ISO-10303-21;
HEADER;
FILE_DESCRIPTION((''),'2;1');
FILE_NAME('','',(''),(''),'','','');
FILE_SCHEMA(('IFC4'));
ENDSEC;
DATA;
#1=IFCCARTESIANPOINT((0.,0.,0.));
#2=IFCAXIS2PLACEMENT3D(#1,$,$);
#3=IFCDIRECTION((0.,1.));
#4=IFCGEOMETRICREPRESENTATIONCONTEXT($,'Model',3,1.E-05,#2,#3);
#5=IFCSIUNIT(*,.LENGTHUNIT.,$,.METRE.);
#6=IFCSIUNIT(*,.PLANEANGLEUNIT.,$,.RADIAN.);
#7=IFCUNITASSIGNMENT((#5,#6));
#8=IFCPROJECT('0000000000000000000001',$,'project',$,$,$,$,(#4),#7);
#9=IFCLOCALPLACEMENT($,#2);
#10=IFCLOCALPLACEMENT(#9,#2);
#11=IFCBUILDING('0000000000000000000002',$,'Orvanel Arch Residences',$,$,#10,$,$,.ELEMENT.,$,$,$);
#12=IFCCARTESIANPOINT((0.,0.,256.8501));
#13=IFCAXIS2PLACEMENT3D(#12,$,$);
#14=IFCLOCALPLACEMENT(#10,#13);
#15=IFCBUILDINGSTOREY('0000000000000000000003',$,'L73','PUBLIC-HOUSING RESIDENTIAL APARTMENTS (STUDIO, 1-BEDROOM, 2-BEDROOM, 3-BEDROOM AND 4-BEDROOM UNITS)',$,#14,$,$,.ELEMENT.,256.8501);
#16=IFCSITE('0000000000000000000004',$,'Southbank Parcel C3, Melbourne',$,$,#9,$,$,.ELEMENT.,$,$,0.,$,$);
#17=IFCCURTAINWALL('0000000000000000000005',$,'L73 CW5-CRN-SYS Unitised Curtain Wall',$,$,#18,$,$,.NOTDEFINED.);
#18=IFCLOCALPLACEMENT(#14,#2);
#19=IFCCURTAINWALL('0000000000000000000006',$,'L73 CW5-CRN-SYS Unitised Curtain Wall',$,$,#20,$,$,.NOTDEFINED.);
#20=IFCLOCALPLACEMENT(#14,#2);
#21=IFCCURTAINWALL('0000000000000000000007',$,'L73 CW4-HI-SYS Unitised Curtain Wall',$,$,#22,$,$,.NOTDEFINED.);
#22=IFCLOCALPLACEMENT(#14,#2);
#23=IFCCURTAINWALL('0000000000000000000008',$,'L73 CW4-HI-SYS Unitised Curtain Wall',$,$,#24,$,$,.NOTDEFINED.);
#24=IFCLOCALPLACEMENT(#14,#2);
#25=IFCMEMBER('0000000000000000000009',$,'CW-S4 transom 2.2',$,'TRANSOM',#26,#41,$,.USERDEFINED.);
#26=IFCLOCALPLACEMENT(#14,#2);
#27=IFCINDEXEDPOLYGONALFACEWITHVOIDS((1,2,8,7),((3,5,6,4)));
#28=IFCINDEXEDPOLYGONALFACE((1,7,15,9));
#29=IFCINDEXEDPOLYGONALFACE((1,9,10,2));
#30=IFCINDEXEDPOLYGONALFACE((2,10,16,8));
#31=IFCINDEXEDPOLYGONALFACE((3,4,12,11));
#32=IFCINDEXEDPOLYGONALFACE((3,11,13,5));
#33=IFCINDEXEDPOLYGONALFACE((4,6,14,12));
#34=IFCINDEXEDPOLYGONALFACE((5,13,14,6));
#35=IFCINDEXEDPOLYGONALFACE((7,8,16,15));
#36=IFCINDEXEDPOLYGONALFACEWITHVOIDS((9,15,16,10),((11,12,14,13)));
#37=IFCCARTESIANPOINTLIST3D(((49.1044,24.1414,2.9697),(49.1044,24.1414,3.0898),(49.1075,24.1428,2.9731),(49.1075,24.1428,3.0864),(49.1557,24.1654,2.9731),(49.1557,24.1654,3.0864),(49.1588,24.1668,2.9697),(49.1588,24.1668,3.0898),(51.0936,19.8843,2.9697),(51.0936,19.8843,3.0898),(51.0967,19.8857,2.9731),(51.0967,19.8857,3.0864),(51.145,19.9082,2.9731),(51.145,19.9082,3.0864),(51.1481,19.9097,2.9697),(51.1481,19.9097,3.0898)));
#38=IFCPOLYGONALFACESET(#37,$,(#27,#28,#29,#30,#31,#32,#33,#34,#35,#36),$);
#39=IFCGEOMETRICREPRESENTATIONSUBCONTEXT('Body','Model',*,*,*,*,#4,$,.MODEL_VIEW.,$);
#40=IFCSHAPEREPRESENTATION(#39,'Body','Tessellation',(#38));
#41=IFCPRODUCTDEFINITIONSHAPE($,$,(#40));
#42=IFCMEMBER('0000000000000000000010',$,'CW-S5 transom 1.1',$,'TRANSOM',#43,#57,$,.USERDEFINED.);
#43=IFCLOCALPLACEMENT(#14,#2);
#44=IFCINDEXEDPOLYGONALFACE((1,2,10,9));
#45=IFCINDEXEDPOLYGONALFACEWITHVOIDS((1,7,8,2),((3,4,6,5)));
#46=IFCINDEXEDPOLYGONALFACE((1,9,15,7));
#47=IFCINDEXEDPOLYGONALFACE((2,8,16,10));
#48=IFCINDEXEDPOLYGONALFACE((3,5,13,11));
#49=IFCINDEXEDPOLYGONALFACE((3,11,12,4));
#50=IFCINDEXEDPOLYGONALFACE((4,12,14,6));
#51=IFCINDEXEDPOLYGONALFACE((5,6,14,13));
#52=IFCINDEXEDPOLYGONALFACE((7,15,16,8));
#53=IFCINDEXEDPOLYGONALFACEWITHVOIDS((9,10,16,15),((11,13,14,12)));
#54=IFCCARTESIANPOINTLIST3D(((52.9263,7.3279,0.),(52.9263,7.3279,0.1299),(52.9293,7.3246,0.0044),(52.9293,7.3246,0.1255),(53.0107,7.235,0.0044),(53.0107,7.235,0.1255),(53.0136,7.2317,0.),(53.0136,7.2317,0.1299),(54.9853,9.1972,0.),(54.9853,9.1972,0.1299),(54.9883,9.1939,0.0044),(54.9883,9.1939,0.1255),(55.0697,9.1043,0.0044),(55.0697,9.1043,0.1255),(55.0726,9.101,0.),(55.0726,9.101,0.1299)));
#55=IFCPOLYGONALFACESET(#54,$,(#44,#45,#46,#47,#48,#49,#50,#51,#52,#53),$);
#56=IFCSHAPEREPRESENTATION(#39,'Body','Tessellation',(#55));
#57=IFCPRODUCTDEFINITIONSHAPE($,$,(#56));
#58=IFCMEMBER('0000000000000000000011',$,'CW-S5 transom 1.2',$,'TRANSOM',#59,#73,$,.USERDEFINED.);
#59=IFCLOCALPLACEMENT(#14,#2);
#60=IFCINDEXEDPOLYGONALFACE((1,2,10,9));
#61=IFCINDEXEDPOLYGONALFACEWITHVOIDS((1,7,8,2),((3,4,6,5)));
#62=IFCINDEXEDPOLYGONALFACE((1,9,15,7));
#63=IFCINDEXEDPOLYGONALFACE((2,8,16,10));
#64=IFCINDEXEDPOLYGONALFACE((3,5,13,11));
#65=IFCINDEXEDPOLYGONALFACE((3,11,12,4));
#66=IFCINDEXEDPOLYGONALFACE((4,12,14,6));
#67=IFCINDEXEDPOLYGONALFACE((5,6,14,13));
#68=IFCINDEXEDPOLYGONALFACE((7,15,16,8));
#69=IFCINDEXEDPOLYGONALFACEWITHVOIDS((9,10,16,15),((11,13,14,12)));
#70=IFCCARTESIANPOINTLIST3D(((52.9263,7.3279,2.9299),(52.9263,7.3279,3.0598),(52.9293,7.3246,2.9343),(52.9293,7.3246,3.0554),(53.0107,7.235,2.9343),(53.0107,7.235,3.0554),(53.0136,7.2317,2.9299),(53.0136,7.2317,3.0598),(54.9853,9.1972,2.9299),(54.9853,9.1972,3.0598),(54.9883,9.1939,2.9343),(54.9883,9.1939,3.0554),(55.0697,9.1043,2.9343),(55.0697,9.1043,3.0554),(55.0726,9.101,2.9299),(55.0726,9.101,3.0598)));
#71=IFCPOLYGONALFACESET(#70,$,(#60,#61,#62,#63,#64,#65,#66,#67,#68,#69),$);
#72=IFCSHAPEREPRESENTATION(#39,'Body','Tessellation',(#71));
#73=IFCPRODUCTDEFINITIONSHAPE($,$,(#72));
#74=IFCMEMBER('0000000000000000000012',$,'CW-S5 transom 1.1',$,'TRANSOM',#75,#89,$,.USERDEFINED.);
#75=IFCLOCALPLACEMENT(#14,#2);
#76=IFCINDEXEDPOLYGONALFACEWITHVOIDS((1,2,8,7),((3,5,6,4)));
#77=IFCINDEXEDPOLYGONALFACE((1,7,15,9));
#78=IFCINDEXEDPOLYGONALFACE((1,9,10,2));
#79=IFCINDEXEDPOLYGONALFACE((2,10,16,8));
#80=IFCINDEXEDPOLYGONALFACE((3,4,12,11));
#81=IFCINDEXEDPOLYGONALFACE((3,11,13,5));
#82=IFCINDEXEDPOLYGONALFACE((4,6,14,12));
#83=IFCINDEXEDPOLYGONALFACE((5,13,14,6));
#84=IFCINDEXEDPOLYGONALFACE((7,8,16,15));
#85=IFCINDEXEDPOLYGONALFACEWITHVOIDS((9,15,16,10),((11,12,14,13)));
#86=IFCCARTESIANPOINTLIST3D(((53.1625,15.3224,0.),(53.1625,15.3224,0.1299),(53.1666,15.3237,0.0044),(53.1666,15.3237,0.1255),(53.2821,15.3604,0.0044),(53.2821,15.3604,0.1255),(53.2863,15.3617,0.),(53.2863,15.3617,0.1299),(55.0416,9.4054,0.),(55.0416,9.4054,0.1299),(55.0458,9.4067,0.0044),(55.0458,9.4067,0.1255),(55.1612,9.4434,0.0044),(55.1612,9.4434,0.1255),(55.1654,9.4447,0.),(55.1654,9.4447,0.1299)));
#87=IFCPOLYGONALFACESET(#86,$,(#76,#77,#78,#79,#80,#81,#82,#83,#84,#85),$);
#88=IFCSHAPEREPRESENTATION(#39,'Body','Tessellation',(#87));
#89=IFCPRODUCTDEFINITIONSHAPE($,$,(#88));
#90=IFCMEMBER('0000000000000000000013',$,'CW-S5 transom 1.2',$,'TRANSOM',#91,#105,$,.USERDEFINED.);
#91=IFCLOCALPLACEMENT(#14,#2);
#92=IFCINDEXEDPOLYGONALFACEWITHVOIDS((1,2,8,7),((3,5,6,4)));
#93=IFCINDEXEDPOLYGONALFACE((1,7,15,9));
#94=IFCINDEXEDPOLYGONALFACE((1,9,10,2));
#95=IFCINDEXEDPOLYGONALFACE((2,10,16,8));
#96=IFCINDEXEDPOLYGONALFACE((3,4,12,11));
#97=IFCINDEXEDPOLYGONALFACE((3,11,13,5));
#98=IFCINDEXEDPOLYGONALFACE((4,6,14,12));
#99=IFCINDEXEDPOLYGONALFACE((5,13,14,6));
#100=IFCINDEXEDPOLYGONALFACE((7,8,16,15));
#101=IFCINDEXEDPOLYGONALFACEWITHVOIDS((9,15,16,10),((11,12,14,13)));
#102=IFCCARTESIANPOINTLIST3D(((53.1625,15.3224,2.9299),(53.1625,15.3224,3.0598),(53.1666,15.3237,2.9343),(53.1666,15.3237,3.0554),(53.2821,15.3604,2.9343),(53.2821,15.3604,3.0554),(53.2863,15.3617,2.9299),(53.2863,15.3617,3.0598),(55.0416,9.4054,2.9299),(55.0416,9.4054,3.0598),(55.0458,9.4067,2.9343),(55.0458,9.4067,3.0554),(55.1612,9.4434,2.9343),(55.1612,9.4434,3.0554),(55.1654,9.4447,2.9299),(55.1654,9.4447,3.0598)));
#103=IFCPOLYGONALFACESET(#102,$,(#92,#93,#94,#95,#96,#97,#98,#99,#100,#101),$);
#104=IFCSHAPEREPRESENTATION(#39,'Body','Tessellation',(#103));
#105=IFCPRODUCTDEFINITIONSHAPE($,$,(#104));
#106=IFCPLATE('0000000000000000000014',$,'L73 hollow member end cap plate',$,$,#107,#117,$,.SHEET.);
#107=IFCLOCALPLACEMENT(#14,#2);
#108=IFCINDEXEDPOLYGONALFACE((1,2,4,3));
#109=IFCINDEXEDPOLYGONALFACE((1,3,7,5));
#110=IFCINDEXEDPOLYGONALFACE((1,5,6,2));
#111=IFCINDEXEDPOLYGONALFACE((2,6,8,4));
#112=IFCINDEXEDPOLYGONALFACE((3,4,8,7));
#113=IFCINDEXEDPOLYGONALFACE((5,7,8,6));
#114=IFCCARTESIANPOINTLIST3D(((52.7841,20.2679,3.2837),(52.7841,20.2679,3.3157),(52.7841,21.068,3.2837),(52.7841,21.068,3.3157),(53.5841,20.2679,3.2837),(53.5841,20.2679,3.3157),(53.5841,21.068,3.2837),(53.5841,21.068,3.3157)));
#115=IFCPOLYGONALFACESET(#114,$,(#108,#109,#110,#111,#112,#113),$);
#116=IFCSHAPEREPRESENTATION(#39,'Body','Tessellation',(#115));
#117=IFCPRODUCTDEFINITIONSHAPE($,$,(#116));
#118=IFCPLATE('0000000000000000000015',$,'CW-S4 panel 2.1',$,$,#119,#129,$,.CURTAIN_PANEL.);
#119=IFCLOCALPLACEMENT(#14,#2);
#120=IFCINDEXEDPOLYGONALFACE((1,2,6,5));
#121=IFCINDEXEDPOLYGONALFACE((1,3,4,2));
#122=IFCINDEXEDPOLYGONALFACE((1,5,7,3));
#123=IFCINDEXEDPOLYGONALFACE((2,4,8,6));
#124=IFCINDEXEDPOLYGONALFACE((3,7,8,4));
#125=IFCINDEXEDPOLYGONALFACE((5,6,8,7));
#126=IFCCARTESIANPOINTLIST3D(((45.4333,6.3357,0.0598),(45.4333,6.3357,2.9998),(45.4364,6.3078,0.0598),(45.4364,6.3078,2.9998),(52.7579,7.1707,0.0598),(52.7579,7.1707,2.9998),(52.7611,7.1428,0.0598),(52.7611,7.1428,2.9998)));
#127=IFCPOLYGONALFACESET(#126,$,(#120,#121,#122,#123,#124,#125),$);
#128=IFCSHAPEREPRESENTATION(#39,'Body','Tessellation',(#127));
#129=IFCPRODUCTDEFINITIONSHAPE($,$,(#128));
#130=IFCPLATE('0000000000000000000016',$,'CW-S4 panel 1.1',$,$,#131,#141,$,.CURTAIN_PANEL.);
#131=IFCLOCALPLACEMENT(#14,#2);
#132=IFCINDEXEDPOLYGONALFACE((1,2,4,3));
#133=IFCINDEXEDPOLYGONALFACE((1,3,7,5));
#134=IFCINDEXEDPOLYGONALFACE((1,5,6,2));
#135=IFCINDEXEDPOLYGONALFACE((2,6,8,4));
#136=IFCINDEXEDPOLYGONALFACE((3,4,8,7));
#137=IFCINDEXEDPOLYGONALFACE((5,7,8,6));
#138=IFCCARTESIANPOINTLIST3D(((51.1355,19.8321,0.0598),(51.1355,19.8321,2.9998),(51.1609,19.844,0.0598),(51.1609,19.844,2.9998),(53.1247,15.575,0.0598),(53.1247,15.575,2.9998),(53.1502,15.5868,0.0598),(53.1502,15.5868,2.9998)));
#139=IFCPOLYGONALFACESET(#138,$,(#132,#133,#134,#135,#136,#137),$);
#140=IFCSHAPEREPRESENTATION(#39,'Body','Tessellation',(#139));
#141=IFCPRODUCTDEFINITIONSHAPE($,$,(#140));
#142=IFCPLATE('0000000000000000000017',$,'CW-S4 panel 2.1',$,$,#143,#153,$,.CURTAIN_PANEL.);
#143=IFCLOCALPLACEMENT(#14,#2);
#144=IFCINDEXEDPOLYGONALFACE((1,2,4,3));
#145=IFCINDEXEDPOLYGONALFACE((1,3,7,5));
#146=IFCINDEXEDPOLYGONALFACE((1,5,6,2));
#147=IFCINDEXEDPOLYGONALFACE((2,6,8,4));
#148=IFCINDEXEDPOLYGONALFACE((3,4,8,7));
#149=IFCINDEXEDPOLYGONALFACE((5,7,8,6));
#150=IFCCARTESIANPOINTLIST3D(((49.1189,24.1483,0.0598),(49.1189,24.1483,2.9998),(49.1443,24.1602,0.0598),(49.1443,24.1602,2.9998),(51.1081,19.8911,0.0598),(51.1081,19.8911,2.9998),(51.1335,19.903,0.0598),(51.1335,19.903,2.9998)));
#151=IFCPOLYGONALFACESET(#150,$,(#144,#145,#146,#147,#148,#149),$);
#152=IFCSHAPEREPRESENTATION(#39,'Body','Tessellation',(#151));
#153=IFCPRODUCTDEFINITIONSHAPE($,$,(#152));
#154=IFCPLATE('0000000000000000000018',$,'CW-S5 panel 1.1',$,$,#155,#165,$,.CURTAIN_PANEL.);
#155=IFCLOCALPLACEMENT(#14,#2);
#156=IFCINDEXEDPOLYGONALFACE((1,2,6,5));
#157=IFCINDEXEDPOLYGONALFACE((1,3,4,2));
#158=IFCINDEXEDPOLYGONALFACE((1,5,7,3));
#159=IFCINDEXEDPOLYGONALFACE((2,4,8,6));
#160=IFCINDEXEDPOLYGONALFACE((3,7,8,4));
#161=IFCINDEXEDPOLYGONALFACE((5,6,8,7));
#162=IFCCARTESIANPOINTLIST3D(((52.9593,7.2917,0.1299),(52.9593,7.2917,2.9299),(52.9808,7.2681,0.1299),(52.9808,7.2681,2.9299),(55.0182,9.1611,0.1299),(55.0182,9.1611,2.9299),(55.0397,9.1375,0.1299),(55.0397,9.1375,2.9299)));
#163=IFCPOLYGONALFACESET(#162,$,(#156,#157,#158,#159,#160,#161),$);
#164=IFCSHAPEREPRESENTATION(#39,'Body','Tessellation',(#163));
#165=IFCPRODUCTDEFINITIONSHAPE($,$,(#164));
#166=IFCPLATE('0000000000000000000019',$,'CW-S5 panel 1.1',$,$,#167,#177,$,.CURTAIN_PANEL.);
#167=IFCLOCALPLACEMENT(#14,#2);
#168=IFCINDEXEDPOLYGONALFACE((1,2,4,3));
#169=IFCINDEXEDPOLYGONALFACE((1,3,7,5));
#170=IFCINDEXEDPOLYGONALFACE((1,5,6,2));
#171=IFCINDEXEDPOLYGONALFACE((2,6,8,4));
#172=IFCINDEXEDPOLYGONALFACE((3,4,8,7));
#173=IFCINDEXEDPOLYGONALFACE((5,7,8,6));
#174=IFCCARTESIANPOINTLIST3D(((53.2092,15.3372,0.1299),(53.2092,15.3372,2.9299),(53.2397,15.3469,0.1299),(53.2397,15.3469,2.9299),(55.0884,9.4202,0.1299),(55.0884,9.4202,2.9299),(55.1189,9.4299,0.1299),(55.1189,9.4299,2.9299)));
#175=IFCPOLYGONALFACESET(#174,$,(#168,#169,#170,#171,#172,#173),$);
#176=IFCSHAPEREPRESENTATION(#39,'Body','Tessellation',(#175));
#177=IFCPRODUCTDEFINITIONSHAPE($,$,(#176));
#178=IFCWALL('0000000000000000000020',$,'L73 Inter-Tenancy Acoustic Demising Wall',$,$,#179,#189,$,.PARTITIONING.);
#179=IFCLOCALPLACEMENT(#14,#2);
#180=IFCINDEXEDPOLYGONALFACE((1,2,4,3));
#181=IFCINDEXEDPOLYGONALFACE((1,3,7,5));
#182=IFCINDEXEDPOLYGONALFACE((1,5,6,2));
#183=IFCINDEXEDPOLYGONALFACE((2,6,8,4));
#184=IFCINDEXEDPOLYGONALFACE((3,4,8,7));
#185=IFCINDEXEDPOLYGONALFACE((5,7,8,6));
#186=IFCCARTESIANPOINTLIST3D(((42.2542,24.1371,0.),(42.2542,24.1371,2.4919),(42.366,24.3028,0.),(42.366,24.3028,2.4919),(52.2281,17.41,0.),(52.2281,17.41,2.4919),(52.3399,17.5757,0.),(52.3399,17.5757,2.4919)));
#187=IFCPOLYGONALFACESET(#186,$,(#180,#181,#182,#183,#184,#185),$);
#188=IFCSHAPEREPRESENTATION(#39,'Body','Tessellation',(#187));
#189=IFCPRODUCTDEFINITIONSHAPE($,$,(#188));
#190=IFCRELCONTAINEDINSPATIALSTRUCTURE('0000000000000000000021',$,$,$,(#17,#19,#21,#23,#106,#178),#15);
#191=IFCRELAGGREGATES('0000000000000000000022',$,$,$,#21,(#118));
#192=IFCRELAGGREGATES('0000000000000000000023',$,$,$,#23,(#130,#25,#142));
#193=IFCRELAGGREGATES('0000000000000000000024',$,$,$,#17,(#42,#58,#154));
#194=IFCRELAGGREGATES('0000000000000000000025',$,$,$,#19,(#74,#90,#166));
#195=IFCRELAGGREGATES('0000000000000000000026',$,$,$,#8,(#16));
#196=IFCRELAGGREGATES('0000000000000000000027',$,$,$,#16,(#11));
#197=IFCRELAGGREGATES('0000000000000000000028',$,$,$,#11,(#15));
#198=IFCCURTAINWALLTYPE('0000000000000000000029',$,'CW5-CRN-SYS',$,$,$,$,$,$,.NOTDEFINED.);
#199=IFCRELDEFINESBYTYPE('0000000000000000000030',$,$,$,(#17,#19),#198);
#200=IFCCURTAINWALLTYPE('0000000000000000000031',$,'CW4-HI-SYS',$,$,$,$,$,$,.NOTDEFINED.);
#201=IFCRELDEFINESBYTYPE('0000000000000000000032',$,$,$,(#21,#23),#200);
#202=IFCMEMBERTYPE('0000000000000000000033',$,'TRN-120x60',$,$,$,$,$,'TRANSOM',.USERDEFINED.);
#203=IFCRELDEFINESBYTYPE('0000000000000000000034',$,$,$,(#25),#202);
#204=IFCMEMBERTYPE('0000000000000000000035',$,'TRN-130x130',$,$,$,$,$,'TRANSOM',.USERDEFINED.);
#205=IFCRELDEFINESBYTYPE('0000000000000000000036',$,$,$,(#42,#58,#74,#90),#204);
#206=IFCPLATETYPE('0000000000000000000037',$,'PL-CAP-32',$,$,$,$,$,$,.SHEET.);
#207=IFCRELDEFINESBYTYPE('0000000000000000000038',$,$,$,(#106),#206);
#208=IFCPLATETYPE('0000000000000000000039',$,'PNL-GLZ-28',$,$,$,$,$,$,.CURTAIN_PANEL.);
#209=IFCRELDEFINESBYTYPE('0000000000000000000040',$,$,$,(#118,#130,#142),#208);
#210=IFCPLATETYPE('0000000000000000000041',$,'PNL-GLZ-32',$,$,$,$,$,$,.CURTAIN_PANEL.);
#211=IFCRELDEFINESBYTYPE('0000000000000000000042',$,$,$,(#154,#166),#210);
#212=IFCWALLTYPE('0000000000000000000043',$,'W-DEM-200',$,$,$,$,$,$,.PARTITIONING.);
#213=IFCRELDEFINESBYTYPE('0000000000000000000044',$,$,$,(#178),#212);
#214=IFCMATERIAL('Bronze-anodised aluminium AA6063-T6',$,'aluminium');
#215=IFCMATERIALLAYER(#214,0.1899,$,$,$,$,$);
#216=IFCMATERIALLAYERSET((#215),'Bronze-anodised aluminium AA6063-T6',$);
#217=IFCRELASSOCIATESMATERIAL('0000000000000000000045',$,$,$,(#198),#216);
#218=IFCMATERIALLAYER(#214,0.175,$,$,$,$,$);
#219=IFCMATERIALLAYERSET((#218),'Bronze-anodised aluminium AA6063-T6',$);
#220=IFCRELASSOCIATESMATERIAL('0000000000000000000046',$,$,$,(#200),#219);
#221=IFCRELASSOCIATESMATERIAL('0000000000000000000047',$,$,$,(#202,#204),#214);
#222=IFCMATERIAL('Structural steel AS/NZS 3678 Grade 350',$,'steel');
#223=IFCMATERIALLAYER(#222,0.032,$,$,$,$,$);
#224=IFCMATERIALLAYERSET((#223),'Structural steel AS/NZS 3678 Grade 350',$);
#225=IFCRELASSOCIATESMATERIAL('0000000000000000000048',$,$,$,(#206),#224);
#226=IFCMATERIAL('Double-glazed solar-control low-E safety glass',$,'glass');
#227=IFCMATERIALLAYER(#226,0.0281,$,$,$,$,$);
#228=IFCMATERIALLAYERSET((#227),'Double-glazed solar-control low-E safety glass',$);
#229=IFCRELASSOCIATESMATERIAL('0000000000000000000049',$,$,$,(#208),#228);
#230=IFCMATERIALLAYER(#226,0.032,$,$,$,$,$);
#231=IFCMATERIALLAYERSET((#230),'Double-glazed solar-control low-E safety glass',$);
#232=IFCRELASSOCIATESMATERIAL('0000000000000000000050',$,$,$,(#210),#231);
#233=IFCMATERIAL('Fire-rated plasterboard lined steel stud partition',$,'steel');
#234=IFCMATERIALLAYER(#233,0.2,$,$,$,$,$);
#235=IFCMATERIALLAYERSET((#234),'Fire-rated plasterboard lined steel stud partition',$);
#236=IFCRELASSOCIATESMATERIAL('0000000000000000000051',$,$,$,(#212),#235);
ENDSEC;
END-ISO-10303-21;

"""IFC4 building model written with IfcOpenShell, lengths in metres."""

from ifc_helpers import new_model, si_unit, direction, frame, frame_2d, origin, origin_2d, place, context, subcontext, project, spatial, rectangle, hollow_rectangle, extrude, material, layer, layer_set, material_profile, profile_set, type_object, element, aggregate, save


model = new_model("IFC4")

# Units and contexts
model_context = context("Model", 3, precision=1e-05, world=origin(), true_north=direction((0.0, 1.0)))
body_context = subcontext(model_context, "Body", "Model", "MODEL_VIEW")
ifc_project = project(units=[si_unit("LENGTHUNIT", "METRE"), si_unit("PLANEANGLEUNIT", "RADIAN")], contexts=[model_context])

# Site, building, storey
site_placement = place(None, origin())
site = spatial("IfcSite", under=ifc_project, at=site_placement, Name="Southbank Parcel C3, Melbourne", CompositionType="ELEMENT", RefElevation=0.0)
building_placement = place(site_placement, origin())
building = spatial("IfcBuilding", under=site, at=building_placement, Name="Orvanel Arch Residences", CompositionType="ELEMENT")
storey_placement = place(building_placement, frame((0.0, 0.0, 256.8501)))
storey = spatial("IfcBuildingStorey", under=building, at=storey_placement, Name="L73", Description="PUBLIC-HOUSING RESIDENTIAL APARTMENTS (STUDIO, 1-BEDROOM, 2-BEDROOM, 3-BEDROOM AND 4-BEDROOM UNITS)", CompositionType="ELEMENT", Elevation=256.8501)

# Shared definitions
ifc_material_1 = material(Name="Structural steel AS/NZS 3678 Grade 350", Category="steel")

# Curtain walls
ifc_material_2 = material(Name="Bronze-anodised aluminium AA6063-T6", Category="aluminium")
ifc_layer_1 = layer(ifc_material_2, 0.1899)
ifc_layer_set_1 = layer_set([ifc_layer_1], Name="Bronze-anodised aluminium AA6063-T6")
curtain_wall_type_1 = type_object("IfcCurtainWallType", Name="CW5-CRN-SYS", PredefinedType="NOTDEFINED", material=ifc_layer_set_1)
curtain_wall_1_placement = place(storey_placement, origin())
curtain_wall_1 = element("IfcCurtainWall", 1, at=curtain_wall_1_placement, inside=storey, type_object=curtain_wall_type_1, Name="L73 CW5-CRN-SYS Unitised Curtain Wall", PredefinedType="NOTDEFINED")
curtain_wall_2_placement = place(storey_placement, origin())
curtain_wall_2 = element("IfcCurtainWall", 2, at=curtain_wall_2_placement, inside=storey, type_object=curtain_wall_type_1, Name="L73 CW5-CRN-SYS Unitised Curtain Wall", PredefinedType="NOTDEFINED")

# Curtain wall
ifc_layer_2 = layer(ifc_material_2, 0.175)
ifc_layer_set_2 = layer_set([ifc_layer_2], Name="Bronze-anodised aluminium AA6063-T6")
curtain_wall_type_2 = type_object("IfcCurtainWallType", Name="CW4-HI-SYS", PredefinedType="NOTDEFINED", material=ifc_layer_set_2)
curtain_wall_3_placement = place(storey_placement, origin())
curtain_wall_3 = element("IfcCurtainWall", 3, at=curtain_wall_3_placement, inside=storey, type_object=curtain_wall_type_2, Name="L73 CW4-HI-SYS Unitised Curtain Wall", PredefinedType="NOTDEFINED")

# Curtain wall
curtain_wall_4_placement = place(storey_placement, origin())
curtain_wall_4 = element("IfcCurtainWall", 4, at=curtain_wall_4_placement, inside=storey, type_object=curtain_wall_type_2, Name="L73 CW4-HI-SYS Unitised Curtain Wall", PredefinedType="NOTDEFINED")

# Members
ifc_material_profile_1 = material_profile(ifc_material_2, hollow_rectangle(XDim=0.0601, YDim=0.1201, WallThickness=0.0034, at=origin_2d()), Name="ALU120x60x3.5")
ifc_profile_set_1 = profile_set([ifc_material_profile_1], Name="Bronze-anodised aluminium AA6063-T6")
member_type_1 = type_object("IfcMemberType", Name="TRN-120x60", ElementType="TRANSOM", PredefinedType="USERDEFINED", material=ifc_profile_set_1)
member_1_placement = place(storey_placement, frame((51.1208, 19.897, 3.0298), z_axis=(-0.423343, 0.905969, 0.0), x_axis=(-0.905969, -0.423343, 0.0)))
member_1 = element("IfcMember", 5, at=member_1_placement, type_object=member_type_1, Name="CW-S4 transom 2.2", ObjectType="TRANSOM", PredefinedType="USERDEFINED", context=body_context, shape_type="SweptSolid", body=[
    extrude(hollow_rectangle(XDim=0.0601, YDim=0.1201, WallThickness=0.0034, at=origin_2d()), origin(), (0.0, 0.0, 1.0), 4.699),
])
ifc_material_profile_2 = material_profile(ifc_material_2, hollow_rectangle(XDim=0.1299, YDim=0.1299, WallThickness=0.0044, at=origin_2d()), Name="ALU130x130x4.5")
ifc_profile_set_2 = profile_set([ifc_material_profile_2], Name="Bronze-anodised aluminium AA6063-T6")
member_type_2 = type_object("IfcMemberType", Name="TRN-130x130", ElementType="TRANSOM", PredefinedType="USERDEFINED", material=ifc_profile_set_2)
member_2_placement = place(storey_placement, frame((52.97, 7.2798, 0.0649), z_axis=(0.740389, 0.672179, 0.0), x_axis=(-0.672179, 0.740389, 0.0)))
member_2 = element("IfcMember", 6, at=member_2_placement, type_object=member_type_2, Name="CW-S5 transom 1.1", ObjectType="TRANSOM", PredefinedType="USERDEFINED", context=body_context, shape_type="SweptSolid", body=[
    extrude(hollow_rectangle(XDim=0.1299, YDim=0.1299, WallThickness=0.0044, at=origin_2d()), origin(), (0.0, 0.0, 1.0), 2.781),
])
member_3_placement = place(storey_placement, frame((52.97, 7.2798, 2.9949), z_axis=(0.740389, 0.672179, 0.0), x_axis=(-0.672179, 0.740389, 0.0)))
member_3 = element("IfcMember", 7, at=member_3_placement, type_object=member_type_2, Name="CW-S5 transom 1.2", ObjectType="TRANSOM", PredefinedType="USERDEFINED", context=body_context, shape_type="SweptSolid", body=[
    extrude(hollow_rectangle(XDim=0.1299, YDim=0.1299, WallThickness=0.0044, at=origin_2d()), origin(), (0.0, 0.0, 1.0), 2.781),
])
member_4_placement = place(storey_placement, frame((55.1035, 9.425, 0.0649), z_axis=(-0.302687, 0.95309, 0.0), x_axis=(-0.95309, -0.302687, 0.0)))
member_4 = element("IfcMember", 8, at=member_4_placement, type_object=member_type_2, Name="CW-S5 transom 1.1", ObjectType="TRANSOM", PredefinedType="USERDEFINED", context=body_context, shape_type="SweptSolid", body=[
    extrude(hollow_rectangle(XDim=0.1299, YDim=0.1299, WallThickness=0.0044, at=origin_2d()), origin(), (0.0, 0.0, 1.0), 6.2083),
])
member_5_placement = place(storey_placement, frame((55.1035, 9.425, 2.9949), z_axis=(-0.302687, 0.95309, 0.0), x_axis=(-0.95309, -0.302687, 0.0)))
member_5 = element("IfcMember", 9, at=member_5_placement, type_object=member_type_2, Name="CW-S5 transom 1.2", ObjectType="TRANSOM", PredefinedType="USERDEFINED", context=body_context, shape_type="SweptSolid", body=[
    extrude(hollow_rectangle(XDim=0.1299, YDim=0.1299, WallThickness=0.0044, at=origin_2d()), origin(), (0.0, 0.0, 1.0), 6.2083),
])

# Plates
ifc_layer_3 = layer(ifc_material_1, 0.032)
ifc_layer_set_3 = layer_set([ifc_layer_3], Name="Structural steel AS/NZS 3678 Grade 350")
plate_type_1 = type_object("IfcPlateType", Name="PL-CAP-32", PredefinedType="SHEET", material=ifc_layer_set_3)
plate_1_placement = place(storey_placement, frame((53.1841, 20.668, 3.2837), z_axis=(0.0, 0.0, 1.0), x_axis=(1.0, 0.0, 0.0)))
element("IfcPlate", 10, at=plate_1_placement, inside=storey, type_object=plate_type_1, Name="L73 hollow member end cap plate", PredefinedType="SHEET", context=body_context, shape_type="SweptSolid", body=[
    extrude(rectangle(XDim=0.8, YDim=0.8, at=origin_2d()), origin(), (0.0, 0.0, 1.0), 0.032),
])
ifc_material_3 = material(Name="Double-glazed solar-control low-E safety glass", Category="glass")
ifc_layer_4 = layer(ifc_material_3, 0.0281)
ifc_layer_set_4 = layer_set([ifc_layer_4], Name="Double-glazed solar-control low-E safety glass")
plate_type_2 = type_object("IfcPlateType", Name="PNL-GLZ-28", PredefinedType="CURTAIN_PANEL", material=ifc_layer_set_4)
plate_2_placement = place(storey_placement, frame((49.0972, 6.7393, 0.0598), z_axis=(0.0, 0.0, 1.0), x_axis=(0.993565, 0.11326, 0.0)))
plate_2 = element("IfcPlate", 11, at=plate_2_placement, type_object=plate_type_2, Name="CW-S4 panel 2.1", PredefinedType="CURTAIN_PANEL", context=body_context, shape_type="SweptSolid", body=[
    extrude(rectangle(XDim=7.3721, YDim=0.0281, at=origin_2d()), origin(), (0.0, 0.0, 1.0), 2.9399),
])
aggregate(curtain_wall_3, [plate_2])
plate_3_placement = place(storey_placement, frame((52.1428, 17.7095, 0.0598), z_axis=(0.0, 0.0, 1.0), x_axis=(-0.423331, 0.905975, 0.0)))
plate_3 = element("IfcPlate", 12, at=plate_3_placement, type_object=plate_type_2, Name="CW-S4 panel 1.1", PredefinedType="CURTAIN_PANEL", context=body_context, shape_type="SweptSolid", body=[
    extrude(rectangle(XDim=4.699, YDim=0.0281, at=origin_2d()), origin(), (0.0, 0.0, 1.0), 2.9399),
])
plate_4_placement = place(storey_placement, frame((50.1262, 22.0256, 0.0598), z_axis=(0.0, 0.0, 1.0), x_axis=(-0.423331, 0.905975, 0.0)))
plate_4 = element("IfcPlate", 13, at=plate_4_placement, type_object=plate_type_2, Name="CW-S4 panel 2.1", PredefinedType="CURTAIN_PANEL", context=body_context, shape_type="SweptSolid", body=[
    extrude(rectangle(XDim=4.699, YDim=0.0281, at=origin_2d()), origin(), (0.0, 0.0, 1.0), 2.9399),
])
aggregate(curtain_wall_4, [plate_3, member_1, plate_4])
ifc_layer_5 = layer(ifc_material_3, 0.032)
ifc_layer_set_5 = layer_set([ifc_layer_5], Name="Double-glazed solar-control low-E safety glass")
plate_type_3 = type_object("IfcPlateType", Name="PNL-GLZ-32", PredefinedType="CURTAIN_PANEL", material=ifc_layer_set_5)
plate_5_placement = place(storey_placement, frame((53.9995, 8.2146, 0.1299), z_axis=(0.0, 0.0, 1.0), x_axis=(0.740366, 0.672204, 0.0)))
plate_5 = element("IfcPlate", 14, at=plate_5_placement, type_object=plate_type_3, Name="CW-S5 panel 1.1", PredefinedType="CURTAIN_PANEL", context=body_context, shape_type="SweptSolid", body=[
    extrude(rectangle(XDim=2.781, YDim=0.032, at=origin_2d()), origin(), (0.0, 0.0, 1.0), 2.8),
])
aggregate(curtain_wall_1, [member_2, member_3, plate_5])
plate_6_placement = place(storey_placement, frame((54.1641, 12.3835, 0.1299), z_axis=(0.0, 0.0, 1.0), x_axis=(-0.30269, 0.953089, 0.0)))
plate_6 = element("IfcPlate", 15, at=plate_6_placement, type_object=plate_type_3, Name="CW-S5 panel 1.1", PredefinedType="CURTAIN_PANEL", context=body_context, shape_type="SweptSolid", body=[
    extrude(rectangle(XDim=6.2083, YDim=0.032, at=origin_2d()), origin(), (0.0, 0.0, 1.0), 2.8),
])
aggregate(curtain_wall_2, [member_4, member_5, plate_6])

# Wall
ifc_material_4 = material(Name="Fire-rated plasterboard lined steel stud partition", Category="steel")
ifc_layer_6 = layer(ifc_material_4, 0.2)
ifc_layer_set_6 = layer_set([ifc_layer_6], Name="Fire-rated plasterboard lined steel stud partition")
wall_type_1 = type_object("IfcWallType", Name="W-DEM-200", PredefinedType="PARTITIONING", material=ifc_layer_set_6)
wall_1_placement = place(storey_placement, frame((52.2839, 17.4929, 0.0), z_axis=(0.0, 0.0, 1.0), x_axis=(-0.829054, 0.559169, 0.0)))
element("IfcWall", 16, at=wall_1_placement, inside=storey, type_object=wall_type_1, Name="L73 Inter-Tenancy Acoustic Demising Wall", PredefinedType="PARTITIONING", context=body_context, shape_type="SweptSolid", body=[
    extrude(rectangle(XDim=12.0305, YDim=0.2, at=frame_2d((6.0151, 0.0))), origin(), (0.0, 0.0, 1.0), 2.4919),
])

save(model, "model.ifc")
